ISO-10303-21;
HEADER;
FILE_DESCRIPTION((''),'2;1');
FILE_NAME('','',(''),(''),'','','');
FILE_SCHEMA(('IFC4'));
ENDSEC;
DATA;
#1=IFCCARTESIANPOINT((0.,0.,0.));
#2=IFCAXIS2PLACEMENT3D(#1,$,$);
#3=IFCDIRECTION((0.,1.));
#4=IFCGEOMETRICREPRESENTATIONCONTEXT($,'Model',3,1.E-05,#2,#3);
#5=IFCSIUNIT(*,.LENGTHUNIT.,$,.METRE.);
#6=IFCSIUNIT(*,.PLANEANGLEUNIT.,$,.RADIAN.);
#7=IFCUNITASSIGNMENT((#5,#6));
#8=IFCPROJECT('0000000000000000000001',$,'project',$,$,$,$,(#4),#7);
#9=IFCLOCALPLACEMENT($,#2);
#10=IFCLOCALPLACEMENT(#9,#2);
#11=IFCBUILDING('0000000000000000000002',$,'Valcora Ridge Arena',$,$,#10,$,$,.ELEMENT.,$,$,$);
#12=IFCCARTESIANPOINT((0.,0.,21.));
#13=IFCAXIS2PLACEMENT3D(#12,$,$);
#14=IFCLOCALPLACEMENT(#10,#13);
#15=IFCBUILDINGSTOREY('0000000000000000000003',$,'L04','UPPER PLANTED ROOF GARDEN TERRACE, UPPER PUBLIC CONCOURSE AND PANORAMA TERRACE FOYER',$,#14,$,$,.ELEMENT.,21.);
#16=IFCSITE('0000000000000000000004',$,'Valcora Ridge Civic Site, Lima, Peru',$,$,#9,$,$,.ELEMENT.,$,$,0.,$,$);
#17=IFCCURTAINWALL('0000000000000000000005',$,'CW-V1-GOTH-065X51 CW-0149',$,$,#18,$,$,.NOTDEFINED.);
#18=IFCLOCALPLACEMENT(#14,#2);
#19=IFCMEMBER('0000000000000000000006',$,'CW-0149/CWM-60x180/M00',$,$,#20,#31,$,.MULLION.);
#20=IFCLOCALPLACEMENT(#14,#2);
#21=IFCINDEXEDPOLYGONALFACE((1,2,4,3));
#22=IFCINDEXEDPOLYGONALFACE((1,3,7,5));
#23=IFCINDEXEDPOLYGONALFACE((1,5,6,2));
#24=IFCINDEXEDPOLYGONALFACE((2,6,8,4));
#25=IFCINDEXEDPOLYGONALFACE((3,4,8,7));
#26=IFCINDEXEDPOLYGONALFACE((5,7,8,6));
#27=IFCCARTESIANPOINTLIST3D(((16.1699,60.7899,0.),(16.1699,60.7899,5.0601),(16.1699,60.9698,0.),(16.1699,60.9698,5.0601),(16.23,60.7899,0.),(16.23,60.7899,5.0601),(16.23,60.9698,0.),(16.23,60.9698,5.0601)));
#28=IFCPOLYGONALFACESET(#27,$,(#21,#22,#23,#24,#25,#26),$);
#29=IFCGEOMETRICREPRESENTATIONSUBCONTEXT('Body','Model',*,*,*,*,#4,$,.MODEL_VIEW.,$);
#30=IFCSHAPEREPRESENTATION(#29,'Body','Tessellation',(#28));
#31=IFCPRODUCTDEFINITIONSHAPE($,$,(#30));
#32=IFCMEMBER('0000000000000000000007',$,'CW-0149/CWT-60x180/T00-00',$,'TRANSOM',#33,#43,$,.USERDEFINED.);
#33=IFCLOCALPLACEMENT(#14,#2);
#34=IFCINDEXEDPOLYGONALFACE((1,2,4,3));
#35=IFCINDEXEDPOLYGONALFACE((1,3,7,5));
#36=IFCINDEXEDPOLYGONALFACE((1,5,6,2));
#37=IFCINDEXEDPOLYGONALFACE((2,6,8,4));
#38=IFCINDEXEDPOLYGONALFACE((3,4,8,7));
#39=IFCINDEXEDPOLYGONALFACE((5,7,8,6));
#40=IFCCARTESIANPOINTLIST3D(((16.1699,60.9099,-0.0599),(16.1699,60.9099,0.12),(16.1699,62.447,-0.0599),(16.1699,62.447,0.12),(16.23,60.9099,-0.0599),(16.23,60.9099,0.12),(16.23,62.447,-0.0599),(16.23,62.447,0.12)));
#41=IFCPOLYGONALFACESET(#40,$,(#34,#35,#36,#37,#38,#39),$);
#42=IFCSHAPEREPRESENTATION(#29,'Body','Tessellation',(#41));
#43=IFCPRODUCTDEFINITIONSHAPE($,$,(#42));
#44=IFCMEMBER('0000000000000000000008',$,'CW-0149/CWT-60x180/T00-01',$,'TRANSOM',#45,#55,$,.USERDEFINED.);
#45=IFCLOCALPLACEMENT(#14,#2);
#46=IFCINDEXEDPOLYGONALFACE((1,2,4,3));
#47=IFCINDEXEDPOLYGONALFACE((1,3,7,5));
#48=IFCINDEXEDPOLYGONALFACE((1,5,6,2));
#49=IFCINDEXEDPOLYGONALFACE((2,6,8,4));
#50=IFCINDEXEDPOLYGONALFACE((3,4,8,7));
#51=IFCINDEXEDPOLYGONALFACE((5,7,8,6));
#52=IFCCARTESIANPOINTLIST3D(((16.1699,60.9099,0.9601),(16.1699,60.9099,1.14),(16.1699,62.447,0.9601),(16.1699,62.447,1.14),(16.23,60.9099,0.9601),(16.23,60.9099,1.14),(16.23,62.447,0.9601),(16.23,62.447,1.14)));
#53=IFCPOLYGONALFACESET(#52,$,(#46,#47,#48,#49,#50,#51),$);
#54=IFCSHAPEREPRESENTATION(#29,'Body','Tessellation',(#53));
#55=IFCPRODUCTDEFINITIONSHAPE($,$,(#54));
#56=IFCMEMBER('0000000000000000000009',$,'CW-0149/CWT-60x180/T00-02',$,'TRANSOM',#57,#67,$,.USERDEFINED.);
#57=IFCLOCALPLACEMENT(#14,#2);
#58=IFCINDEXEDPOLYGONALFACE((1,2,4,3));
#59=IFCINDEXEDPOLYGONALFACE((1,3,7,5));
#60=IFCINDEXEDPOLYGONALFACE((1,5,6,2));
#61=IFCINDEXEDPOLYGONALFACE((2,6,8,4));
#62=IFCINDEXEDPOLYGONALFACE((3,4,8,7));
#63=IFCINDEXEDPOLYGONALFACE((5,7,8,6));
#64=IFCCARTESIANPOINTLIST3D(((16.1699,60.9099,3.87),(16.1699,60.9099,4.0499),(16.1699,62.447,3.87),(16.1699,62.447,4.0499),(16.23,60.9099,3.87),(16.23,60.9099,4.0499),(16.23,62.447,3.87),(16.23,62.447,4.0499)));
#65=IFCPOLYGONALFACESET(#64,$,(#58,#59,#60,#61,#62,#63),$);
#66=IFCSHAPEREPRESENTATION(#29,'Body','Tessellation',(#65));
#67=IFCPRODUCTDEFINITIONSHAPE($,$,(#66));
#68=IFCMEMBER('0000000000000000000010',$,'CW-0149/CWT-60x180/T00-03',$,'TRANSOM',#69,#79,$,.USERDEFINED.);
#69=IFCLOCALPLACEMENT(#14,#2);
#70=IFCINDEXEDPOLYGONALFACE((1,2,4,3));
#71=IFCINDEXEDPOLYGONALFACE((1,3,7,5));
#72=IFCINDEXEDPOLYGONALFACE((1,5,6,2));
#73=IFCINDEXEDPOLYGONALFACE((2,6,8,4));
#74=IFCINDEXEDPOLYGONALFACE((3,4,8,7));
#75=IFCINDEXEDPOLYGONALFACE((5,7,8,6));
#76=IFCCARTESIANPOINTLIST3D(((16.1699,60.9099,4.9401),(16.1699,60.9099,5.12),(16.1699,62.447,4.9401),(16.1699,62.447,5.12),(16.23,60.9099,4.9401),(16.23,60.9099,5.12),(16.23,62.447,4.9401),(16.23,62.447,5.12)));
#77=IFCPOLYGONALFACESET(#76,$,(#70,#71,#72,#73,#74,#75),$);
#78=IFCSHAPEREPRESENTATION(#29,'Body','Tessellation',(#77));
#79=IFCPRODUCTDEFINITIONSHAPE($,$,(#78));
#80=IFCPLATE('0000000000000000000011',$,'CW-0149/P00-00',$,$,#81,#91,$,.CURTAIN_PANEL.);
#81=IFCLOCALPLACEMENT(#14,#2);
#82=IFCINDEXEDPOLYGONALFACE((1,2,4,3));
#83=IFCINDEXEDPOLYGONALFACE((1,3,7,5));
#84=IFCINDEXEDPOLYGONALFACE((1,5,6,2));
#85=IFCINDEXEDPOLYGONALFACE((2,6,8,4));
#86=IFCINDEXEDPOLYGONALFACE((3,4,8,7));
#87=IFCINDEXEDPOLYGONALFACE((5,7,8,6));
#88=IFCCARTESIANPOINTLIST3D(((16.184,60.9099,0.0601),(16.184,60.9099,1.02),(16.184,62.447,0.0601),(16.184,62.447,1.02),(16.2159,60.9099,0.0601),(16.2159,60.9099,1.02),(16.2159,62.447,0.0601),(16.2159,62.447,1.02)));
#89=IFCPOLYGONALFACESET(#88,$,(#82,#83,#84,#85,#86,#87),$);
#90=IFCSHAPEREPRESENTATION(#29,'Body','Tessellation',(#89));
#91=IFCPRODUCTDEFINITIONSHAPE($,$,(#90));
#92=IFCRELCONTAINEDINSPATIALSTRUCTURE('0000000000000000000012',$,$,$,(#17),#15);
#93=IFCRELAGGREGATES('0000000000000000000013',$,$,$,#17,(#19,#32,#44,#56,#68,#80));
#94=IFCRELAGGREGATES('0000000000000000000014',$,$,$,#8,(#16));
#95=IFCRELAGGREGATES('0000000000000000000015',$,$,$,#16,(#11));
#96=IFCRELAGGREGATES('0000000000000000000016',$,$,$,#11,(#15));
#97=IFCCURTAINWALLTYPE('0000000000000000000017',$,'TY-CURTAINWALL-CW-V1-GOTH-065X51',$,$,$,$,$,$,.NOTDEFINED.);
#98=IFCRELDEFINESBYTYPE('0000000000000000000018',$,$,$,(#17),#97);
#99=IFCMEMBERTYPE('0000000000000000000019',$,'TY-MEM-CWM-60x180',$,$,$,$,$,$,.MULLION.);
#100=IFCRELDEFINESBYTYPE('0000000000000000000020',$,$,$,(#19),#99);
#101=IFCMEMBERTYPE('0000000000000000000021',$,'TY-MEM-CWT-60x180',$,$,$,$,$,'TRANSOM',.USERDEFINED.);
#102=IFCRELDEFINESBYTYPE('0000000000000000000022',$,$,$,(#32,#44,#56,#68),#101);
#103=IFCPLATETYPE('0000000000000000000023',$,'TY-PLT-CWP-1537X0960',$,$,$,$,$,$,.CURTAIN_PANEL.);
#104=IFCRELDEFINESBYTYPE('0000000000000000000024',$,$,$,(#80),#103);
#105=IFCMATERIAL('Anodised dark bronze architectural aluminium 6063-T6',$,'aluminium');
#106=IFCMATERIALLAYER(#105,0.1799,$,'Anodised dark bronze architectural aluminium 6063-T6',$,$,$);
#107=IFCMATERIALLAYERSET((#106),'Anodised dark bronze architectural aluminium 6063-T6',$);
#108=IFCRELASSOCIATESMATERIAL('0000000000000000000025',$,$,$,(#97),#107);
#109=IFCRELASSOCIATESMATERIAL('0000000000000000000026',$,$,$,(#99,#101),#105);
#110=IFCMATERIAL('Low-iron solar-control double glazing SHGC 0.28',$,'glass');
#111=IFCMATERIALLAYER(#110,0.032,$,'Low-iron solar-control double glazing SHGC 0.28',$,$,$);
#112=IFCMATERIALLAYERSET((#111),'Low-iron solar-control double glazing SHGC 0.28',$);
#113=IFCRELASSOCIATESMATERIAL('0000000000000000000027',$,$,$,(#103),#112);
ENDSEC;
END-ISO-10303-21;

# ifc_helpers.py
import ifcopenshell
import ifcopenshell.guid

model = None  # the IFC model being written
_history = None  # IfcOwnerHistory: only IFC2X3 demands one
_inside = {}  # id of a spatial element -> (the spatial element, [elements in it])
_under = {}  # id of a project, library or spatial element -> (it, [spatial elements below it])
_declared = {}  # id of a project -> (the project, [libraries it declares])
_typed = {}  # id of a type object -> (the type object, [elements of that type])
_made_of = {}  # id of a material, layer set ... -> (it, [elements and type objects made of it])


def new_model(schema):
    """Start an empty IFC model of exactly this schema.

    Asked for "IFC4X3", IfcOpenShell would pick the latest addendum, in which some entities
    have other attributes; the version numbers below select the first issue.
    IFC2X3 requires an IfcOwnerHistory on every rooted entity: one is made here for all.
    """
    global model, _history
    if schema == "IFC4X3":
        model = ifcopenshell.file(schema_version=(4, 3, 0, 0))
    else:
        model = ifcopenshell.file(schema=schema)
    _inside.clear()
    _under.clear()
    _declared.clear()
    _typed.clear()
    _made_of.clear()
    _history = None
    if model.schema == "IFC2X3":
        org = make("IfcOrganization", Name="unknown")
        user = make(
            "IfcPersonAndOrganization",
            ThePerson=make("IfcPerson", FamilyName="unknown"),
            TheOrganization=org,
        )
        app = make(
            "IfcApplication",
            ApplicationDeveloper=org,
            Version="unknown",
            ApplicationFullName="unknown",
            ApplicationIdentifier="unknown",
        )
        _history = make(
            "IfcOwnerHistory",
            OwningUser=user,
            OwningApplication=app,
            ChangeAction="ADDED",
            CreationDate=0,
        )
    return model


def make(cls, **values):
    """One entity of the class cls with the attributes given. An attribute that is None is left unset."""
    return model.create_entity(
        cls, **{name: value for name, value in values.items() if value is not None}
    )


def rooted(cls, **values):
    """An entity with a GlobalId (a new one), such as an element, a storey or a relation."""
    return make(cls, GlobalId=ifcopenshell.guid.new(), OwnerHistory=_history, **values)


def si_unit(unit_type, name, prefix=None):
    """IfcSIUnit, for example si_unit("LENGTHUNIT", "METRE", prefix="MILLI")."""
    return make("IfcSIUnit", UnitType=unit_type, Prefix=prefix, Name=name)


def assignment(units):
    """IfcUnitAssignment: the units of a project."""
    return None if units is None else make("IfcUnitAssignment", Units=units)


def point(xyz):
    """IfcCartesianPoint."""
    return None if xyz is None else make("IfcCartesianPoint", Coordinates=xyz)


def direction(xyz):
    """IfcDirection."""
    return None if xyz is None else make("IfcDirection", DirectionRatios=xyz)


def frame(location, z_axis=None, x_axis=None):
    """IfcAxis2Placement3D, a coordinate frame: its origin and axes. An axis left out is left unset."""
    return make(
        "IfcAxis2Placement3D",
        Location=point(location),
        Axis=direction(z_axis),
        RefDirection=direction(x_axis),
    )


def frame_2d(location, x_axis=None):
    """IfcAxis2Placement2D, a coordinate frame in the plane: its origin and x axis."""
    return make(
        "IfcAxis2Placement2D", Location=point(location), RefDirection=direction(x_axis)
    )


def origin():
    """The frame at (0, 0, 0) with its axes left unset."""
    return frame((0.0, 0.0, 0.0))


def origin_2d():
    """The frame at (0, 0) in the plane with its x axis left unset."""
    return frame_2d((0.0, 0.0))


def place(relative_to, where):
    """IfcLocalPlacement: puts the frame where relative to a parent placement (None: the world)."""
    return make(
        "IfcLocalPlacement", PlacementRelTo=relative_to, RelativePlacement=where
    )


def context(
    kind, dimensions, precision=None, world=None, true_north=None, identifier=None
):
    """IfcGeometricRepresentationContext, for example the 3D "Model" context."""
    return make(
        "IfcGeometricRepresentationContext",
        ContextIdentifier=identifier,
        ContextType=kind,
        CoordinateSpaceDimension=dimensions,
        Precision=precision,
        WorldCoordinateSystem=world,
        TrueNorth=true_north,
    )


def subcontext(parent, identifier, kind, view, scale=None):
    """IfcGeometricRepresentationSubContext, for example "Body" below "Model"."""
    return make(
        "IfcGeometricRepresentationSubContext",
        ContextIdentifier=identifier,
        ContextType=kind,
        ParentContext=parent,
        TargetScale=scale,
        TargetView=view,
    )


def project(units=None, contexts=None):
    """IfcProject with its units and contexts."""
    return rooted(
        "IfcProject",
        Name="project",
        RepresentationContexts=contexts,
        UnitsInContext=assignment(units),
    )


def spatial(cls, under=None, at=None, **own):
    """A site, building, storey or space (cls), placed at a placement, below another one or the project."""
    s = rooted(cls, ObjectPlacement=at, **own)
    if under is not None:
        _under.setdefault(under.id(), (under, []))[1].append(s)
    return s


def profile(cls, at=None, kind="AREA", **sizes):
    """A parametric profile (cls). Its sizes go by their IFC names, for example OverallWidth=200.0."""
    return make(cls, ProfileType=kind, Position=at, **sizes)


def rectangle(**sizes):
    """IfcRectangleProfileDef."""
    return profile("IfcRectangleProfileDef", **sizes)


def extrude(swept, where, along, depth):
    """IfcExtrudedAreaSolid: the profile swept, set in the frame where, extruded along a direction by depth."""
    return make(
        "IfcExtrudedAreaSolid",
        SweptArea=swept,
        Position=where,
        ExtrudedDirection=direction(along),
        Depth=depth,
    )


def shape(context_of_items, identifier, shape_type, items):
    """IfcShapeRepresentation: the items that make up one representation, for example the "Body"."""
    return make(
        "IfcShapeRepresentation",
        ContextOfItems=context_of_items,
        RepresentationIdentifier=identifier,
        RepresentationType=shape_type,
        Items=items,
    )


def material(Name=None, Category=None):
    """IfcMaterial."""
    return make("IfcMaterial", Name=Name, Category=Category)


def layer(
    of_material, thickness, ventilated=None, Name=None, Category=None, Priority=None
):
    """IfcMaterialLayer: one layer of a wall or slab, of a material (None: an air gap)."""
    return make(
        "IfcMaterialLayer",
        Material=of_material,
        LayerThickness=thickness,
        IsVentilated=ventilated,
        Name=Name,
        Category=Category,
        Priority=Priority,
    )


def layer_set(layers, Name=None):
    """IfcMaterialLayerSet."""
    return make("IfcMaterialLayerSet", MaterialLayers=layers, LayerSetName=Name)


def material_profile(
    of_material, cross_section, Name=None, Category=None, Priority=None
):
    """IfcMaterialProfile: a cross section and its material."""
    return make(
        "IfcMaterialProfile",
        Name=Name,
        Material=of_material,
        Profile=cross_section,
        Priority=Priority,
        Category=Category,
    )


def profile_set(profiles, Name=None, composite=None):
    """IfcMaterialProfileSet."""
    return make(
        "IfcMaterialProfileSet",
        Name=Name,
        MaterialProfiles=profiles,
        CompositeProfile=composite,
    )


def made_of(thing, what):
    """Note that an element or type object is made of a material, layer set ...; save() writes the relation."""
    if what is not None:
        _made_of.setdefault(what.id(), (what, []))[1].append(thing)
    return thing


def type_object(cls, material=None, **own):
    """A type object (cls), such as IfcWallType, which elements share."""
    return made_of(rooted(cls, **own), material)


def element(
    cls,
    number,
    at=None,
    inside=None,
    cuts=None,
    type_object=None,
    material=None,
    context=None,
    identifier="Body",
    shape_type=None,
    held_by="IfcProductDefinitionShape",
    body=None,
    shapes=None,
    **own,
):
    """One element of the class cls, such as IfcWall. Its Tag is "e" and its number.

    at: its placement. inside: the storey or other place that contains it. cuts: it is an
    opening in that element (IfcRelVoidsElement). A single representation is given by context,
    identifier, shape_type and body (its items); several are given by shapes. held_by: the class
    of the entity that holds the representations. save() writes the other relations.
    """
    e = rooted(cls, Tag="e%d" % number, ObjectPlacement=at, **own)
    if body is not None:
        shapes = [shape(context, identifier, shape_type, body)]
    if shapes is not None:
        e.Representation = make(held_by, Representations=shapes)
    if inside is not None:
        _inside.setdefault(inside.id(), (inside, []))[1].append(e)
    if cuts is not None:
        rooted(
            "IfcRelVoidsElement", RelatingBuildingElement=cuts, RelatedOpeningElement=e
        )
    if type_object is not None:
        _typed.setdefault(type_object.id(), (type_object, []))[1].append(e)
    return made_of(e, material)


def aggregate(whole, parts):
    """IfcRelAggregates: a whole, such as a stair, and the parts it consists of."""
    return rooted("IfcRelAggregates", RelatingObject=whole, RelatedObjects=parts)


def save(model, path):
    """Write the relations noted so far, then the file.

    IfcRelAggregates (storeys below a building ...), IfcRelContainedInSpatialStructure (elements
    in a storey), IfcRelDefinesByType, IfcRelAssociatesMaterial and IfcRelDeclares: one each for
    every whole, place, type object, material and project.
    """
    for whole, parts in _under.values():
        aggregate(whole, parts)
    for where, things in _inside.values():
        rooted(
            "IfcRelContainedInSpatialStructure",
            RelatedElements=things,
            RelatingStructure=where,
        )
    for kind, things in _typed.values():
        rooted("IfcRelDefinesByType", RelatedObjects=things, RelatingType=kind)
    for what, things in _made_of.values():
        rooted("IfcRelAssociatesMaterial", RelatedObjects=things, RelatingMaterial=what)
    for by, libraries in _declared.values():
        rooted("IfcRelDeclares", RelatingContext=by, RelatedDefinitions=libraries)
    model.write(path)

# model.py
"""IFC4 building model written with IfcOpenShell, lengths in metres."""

from ifc_helpers import new_model, si_unit, direction, frame, origin, origin_2d, place, context, subcontext, project, spatial, rectangle, extrude, material, layer, layer_set, material_profile, profile_set, type_object, element, aggregate, save


model = new_model("IFC4")

# Units and contexts
model_context = context("Model", 3, precision=1e-05, world=origin(), true_north=direction((0.0, 1.0)))
body_context = subcontext(model_context, "Body", "Model", "MODEL_VIEW")
ifc_project = project(units=[si_unit("LENGTHUNIT", "METRE"), si_unit("PLANEANGLEUNIT", "RADIAN")], contexts=[model_context])

# Site, building, storey
site_placement = place(None, origin())
site = spatial("IfcSite", under=ifc_project, at=site_placement, Name="Valcora Ridge Civic Site, Lima, Peru", CompositionType="ELEMENT", RefElevation=0.0)
building_placement = place(site_placement, origin())
building = spatial("IfcBuilding", under=site, at=building_placement, Name="Valcora Ridge Arena", CompositionType="ELEMENT")
storey_placement = place(building_placement, frame((0.0, 0.0, 21.0)))
storey = spatial("IfcBuildingStorey", under=building, at=storey_placement, Name="L04", Description="UPPER PLANTED ROOF GARDEN TERRACE, UPPER PUBLIC CONCOURSE AND PANORAMA TERRACE FOYER", CompositionType="ELEMENT", Elevation=21.0)

# Curtain wall, members, plate
ifc_material_1 = material(Name="Anodised dark bronze architectural aluminium 6063-T6", Category="aluminium")
ifc_layer_1 = layer(ifc_material_1, 0.1799, Name="Anodised dark bronze architectural aluminium 6063-T6")
ifc_layer_set_1 = layer_set([ifc_layer_1], Name="Anodised dark bronze architectural aluminium 6063-T6")
curtain_wall_type = type_object("IfcCurtainWallType", Name="TY-CURTAINWALL-CW-V1-GOTH-065X51", PredefinedType="NOTDEFINED", material=ifc_layer_set_1)
curtain_wall_placement = place(storey_placement, origin())
curtain_wall = element("IfcCurtainWall", 1, at=curtain_wall_placement, inside=storey, type_object=curtain_wall_type, Name="CW-V1-GOTH-065X51 CW-0149", PredefinedType="NOTDEFINED")
ifc_material_profile_1 = material_profile(ifc_material_1, rectangle(XDim=0.0601, YDim=0.1799, at=origin_2d()), Name="ALU MULLION 60x180")
ifc_profile_set_1 = profile_set([ifc_material_profile_1], Name="Anodised dark bronze architectural aluminium 6063-T6")
member_type_1 = type_object("IfcMemberType", Name="TY-MEM-CWM-60x180", PredefinedType="MULLION", material=ifc_profile_set_1)
member_1_placement = place(storey_placement, frame((16.2, 60.8799, 0.0), z_axis=(0.0, 0.0, 1.0), x_axis=(-1.0, 0.0, 0.0)))
member_1 = element("IfcMember", 2, at=member_1_placement, type_object=member_type_1, Name="CW-0149/CWM-60x180/M00", PredefinedType="MULLION", context=body_context, shape_type="SweptSolid", body=[
    extrude(rectangle(XDim=0.0601, YDim=0.1799, at=origin_2d()), origin(), (0.0, 0.0, 1.0), 5.0601),
])
ifc_material_profile_2 = material_profile(ifc_material_1, rectangle(XDim=0.0601, YDim=0.1799, at=origin_2d()), Name="ALU TRANSOM 60x180")
ifc_profile_set_2 = profile_set([ifc_material_profile_2], Name="Anodised dark bronze architectural aluminium 6063-T6")
member_type_2 = type_object("IfcMemberType", Name="TY-MEM-CWT-60x180", ElementType="TRANSOM", PredefinedType="USERDEFINED", material=ifc_profile_set_2)
member_2_placement = place(storey_placement, frame((16.2, 60.9099, 0.03), z_axis=(0.0, 1.0, 0.0), x_axis=(-1.0, 0.0, 0.0)))
member_2 = element("IfcMember", 3, at=member_2_placement, type_object=member_type_2, Name="CW-0149/CWT-60x180/T00-00", ObjectType="TRANSOM", PredefinedType="USERDEFINED", context=body_context, shape_type="SweptSolid", body=[
    extrude(rectangle(XDim=0.0601, YDim=0.1799, at=origin_2d()), origin(), (0.0, 0.0, 1.0), 1.5371),
])
member_3_placement = place(storey_placement, frame((16.2, 60.9099, 1.05), z_axis=(0.0, 1.0, 0.0), x_axis=(-1.0, 0.0, 0.0)))
member_3 = element("IfcMember", 4, at=member_3_placement, type_object=member_type_2, Name="CW-0149/CWT-60x180/T00-01", ObjectType="TRANSOM", PredefinedType="USERDEFINED", context=body_context, shape_type="SweptSolid", body=[
    extrude(rectangle(XDim=0.0601, YDim=0.1799, at=origin_2d()), origin(), (0.0, 0.0, 1.0), 1.5371),
])
member_4_placement = place(storey_placement, frame((16.2, 60.9099, 3.96), z_axis=(0.0, 1.0, 0.0), x_axis=(-1.0, 0.0, 0.0)))
member_4 = element("IfcMember", 5, at=member_4_placement, type_object=member_type_2, Name="CW-0149/CWT-60x180/T00-02", ObjectType="TRANSOM", PredefinedType="USERDEFINED", context=body_context, shape_type="SweptSolid", body=[
    extrude(rectangle(XDim=0.0601, YDim=0.1799, at=origin_2d()), origin(), (0.0, 0.0, 1.0), 1.5371),
])
member_5_placement = place(storey_placement, frame((16.2, 60.9099, 5.03), z_axis=(0.0, 1.0, 0.0), x_axis=(-1.0, 0.0, 0.0)))
member_5 = element("IfcMember", 6, at=member_5_placement, type_object=member_type_2, Name="CW-0149/CWT-60x180/T00-03", ObjectType="TRANSOM", PredefinedType="USERDEFINED", context=body_context, shape_type="SweptSolid", body=[
    extrude(rectangle(XDim=0.0601, YDim=0.1799, at=origin_2d()), origin(), (0.0, 0.0, 1.0), 1.5371),
])
ifc_material_2 = material(Name="Low-iron solar-control double glazing SHGC 0.28", Category="glass")
ifc_layer_2 = layer(ifc_material_2, 0.032, Name="Low-iron solar-control double glazing SHGC 0.28")
ifc_layer_set_2 = layer_set([ifc_layer_2], Name="Low-iron solar-control double glazing SHGC 0.28")
plate_type = type_object("IfcPlateType", Name="TY-PLT-CWP-1537X0960", PredefinedType="CURTAIN_PANEL", material=ifc_layer_set_2)
plate_placement = place(storey_placement, frame((16.2, 61.6785, 0.0601), z_axis=(0.0, 0.0, 1.0), x_axis=(0.0, 1.0, 0.0)))
plate = element("IfcPlate", 7, at=plate_placement, type_object=plate_type, Name="CW-0149/P00-00", PredefinedType="CURTAIN_PANEL", context=body_context, shape_type="SweptSolid", body=[
    extrude(rectangle(XDim=1.5371, YDim=0.032, at=origin_2d()), origin(), (0.0, 0.0, 1.0), 0.96),
])
aggregate(curtain_wall, [member_1, member_2, member_3, member_4, member_5, plate])

save(model, "model.ifc")
